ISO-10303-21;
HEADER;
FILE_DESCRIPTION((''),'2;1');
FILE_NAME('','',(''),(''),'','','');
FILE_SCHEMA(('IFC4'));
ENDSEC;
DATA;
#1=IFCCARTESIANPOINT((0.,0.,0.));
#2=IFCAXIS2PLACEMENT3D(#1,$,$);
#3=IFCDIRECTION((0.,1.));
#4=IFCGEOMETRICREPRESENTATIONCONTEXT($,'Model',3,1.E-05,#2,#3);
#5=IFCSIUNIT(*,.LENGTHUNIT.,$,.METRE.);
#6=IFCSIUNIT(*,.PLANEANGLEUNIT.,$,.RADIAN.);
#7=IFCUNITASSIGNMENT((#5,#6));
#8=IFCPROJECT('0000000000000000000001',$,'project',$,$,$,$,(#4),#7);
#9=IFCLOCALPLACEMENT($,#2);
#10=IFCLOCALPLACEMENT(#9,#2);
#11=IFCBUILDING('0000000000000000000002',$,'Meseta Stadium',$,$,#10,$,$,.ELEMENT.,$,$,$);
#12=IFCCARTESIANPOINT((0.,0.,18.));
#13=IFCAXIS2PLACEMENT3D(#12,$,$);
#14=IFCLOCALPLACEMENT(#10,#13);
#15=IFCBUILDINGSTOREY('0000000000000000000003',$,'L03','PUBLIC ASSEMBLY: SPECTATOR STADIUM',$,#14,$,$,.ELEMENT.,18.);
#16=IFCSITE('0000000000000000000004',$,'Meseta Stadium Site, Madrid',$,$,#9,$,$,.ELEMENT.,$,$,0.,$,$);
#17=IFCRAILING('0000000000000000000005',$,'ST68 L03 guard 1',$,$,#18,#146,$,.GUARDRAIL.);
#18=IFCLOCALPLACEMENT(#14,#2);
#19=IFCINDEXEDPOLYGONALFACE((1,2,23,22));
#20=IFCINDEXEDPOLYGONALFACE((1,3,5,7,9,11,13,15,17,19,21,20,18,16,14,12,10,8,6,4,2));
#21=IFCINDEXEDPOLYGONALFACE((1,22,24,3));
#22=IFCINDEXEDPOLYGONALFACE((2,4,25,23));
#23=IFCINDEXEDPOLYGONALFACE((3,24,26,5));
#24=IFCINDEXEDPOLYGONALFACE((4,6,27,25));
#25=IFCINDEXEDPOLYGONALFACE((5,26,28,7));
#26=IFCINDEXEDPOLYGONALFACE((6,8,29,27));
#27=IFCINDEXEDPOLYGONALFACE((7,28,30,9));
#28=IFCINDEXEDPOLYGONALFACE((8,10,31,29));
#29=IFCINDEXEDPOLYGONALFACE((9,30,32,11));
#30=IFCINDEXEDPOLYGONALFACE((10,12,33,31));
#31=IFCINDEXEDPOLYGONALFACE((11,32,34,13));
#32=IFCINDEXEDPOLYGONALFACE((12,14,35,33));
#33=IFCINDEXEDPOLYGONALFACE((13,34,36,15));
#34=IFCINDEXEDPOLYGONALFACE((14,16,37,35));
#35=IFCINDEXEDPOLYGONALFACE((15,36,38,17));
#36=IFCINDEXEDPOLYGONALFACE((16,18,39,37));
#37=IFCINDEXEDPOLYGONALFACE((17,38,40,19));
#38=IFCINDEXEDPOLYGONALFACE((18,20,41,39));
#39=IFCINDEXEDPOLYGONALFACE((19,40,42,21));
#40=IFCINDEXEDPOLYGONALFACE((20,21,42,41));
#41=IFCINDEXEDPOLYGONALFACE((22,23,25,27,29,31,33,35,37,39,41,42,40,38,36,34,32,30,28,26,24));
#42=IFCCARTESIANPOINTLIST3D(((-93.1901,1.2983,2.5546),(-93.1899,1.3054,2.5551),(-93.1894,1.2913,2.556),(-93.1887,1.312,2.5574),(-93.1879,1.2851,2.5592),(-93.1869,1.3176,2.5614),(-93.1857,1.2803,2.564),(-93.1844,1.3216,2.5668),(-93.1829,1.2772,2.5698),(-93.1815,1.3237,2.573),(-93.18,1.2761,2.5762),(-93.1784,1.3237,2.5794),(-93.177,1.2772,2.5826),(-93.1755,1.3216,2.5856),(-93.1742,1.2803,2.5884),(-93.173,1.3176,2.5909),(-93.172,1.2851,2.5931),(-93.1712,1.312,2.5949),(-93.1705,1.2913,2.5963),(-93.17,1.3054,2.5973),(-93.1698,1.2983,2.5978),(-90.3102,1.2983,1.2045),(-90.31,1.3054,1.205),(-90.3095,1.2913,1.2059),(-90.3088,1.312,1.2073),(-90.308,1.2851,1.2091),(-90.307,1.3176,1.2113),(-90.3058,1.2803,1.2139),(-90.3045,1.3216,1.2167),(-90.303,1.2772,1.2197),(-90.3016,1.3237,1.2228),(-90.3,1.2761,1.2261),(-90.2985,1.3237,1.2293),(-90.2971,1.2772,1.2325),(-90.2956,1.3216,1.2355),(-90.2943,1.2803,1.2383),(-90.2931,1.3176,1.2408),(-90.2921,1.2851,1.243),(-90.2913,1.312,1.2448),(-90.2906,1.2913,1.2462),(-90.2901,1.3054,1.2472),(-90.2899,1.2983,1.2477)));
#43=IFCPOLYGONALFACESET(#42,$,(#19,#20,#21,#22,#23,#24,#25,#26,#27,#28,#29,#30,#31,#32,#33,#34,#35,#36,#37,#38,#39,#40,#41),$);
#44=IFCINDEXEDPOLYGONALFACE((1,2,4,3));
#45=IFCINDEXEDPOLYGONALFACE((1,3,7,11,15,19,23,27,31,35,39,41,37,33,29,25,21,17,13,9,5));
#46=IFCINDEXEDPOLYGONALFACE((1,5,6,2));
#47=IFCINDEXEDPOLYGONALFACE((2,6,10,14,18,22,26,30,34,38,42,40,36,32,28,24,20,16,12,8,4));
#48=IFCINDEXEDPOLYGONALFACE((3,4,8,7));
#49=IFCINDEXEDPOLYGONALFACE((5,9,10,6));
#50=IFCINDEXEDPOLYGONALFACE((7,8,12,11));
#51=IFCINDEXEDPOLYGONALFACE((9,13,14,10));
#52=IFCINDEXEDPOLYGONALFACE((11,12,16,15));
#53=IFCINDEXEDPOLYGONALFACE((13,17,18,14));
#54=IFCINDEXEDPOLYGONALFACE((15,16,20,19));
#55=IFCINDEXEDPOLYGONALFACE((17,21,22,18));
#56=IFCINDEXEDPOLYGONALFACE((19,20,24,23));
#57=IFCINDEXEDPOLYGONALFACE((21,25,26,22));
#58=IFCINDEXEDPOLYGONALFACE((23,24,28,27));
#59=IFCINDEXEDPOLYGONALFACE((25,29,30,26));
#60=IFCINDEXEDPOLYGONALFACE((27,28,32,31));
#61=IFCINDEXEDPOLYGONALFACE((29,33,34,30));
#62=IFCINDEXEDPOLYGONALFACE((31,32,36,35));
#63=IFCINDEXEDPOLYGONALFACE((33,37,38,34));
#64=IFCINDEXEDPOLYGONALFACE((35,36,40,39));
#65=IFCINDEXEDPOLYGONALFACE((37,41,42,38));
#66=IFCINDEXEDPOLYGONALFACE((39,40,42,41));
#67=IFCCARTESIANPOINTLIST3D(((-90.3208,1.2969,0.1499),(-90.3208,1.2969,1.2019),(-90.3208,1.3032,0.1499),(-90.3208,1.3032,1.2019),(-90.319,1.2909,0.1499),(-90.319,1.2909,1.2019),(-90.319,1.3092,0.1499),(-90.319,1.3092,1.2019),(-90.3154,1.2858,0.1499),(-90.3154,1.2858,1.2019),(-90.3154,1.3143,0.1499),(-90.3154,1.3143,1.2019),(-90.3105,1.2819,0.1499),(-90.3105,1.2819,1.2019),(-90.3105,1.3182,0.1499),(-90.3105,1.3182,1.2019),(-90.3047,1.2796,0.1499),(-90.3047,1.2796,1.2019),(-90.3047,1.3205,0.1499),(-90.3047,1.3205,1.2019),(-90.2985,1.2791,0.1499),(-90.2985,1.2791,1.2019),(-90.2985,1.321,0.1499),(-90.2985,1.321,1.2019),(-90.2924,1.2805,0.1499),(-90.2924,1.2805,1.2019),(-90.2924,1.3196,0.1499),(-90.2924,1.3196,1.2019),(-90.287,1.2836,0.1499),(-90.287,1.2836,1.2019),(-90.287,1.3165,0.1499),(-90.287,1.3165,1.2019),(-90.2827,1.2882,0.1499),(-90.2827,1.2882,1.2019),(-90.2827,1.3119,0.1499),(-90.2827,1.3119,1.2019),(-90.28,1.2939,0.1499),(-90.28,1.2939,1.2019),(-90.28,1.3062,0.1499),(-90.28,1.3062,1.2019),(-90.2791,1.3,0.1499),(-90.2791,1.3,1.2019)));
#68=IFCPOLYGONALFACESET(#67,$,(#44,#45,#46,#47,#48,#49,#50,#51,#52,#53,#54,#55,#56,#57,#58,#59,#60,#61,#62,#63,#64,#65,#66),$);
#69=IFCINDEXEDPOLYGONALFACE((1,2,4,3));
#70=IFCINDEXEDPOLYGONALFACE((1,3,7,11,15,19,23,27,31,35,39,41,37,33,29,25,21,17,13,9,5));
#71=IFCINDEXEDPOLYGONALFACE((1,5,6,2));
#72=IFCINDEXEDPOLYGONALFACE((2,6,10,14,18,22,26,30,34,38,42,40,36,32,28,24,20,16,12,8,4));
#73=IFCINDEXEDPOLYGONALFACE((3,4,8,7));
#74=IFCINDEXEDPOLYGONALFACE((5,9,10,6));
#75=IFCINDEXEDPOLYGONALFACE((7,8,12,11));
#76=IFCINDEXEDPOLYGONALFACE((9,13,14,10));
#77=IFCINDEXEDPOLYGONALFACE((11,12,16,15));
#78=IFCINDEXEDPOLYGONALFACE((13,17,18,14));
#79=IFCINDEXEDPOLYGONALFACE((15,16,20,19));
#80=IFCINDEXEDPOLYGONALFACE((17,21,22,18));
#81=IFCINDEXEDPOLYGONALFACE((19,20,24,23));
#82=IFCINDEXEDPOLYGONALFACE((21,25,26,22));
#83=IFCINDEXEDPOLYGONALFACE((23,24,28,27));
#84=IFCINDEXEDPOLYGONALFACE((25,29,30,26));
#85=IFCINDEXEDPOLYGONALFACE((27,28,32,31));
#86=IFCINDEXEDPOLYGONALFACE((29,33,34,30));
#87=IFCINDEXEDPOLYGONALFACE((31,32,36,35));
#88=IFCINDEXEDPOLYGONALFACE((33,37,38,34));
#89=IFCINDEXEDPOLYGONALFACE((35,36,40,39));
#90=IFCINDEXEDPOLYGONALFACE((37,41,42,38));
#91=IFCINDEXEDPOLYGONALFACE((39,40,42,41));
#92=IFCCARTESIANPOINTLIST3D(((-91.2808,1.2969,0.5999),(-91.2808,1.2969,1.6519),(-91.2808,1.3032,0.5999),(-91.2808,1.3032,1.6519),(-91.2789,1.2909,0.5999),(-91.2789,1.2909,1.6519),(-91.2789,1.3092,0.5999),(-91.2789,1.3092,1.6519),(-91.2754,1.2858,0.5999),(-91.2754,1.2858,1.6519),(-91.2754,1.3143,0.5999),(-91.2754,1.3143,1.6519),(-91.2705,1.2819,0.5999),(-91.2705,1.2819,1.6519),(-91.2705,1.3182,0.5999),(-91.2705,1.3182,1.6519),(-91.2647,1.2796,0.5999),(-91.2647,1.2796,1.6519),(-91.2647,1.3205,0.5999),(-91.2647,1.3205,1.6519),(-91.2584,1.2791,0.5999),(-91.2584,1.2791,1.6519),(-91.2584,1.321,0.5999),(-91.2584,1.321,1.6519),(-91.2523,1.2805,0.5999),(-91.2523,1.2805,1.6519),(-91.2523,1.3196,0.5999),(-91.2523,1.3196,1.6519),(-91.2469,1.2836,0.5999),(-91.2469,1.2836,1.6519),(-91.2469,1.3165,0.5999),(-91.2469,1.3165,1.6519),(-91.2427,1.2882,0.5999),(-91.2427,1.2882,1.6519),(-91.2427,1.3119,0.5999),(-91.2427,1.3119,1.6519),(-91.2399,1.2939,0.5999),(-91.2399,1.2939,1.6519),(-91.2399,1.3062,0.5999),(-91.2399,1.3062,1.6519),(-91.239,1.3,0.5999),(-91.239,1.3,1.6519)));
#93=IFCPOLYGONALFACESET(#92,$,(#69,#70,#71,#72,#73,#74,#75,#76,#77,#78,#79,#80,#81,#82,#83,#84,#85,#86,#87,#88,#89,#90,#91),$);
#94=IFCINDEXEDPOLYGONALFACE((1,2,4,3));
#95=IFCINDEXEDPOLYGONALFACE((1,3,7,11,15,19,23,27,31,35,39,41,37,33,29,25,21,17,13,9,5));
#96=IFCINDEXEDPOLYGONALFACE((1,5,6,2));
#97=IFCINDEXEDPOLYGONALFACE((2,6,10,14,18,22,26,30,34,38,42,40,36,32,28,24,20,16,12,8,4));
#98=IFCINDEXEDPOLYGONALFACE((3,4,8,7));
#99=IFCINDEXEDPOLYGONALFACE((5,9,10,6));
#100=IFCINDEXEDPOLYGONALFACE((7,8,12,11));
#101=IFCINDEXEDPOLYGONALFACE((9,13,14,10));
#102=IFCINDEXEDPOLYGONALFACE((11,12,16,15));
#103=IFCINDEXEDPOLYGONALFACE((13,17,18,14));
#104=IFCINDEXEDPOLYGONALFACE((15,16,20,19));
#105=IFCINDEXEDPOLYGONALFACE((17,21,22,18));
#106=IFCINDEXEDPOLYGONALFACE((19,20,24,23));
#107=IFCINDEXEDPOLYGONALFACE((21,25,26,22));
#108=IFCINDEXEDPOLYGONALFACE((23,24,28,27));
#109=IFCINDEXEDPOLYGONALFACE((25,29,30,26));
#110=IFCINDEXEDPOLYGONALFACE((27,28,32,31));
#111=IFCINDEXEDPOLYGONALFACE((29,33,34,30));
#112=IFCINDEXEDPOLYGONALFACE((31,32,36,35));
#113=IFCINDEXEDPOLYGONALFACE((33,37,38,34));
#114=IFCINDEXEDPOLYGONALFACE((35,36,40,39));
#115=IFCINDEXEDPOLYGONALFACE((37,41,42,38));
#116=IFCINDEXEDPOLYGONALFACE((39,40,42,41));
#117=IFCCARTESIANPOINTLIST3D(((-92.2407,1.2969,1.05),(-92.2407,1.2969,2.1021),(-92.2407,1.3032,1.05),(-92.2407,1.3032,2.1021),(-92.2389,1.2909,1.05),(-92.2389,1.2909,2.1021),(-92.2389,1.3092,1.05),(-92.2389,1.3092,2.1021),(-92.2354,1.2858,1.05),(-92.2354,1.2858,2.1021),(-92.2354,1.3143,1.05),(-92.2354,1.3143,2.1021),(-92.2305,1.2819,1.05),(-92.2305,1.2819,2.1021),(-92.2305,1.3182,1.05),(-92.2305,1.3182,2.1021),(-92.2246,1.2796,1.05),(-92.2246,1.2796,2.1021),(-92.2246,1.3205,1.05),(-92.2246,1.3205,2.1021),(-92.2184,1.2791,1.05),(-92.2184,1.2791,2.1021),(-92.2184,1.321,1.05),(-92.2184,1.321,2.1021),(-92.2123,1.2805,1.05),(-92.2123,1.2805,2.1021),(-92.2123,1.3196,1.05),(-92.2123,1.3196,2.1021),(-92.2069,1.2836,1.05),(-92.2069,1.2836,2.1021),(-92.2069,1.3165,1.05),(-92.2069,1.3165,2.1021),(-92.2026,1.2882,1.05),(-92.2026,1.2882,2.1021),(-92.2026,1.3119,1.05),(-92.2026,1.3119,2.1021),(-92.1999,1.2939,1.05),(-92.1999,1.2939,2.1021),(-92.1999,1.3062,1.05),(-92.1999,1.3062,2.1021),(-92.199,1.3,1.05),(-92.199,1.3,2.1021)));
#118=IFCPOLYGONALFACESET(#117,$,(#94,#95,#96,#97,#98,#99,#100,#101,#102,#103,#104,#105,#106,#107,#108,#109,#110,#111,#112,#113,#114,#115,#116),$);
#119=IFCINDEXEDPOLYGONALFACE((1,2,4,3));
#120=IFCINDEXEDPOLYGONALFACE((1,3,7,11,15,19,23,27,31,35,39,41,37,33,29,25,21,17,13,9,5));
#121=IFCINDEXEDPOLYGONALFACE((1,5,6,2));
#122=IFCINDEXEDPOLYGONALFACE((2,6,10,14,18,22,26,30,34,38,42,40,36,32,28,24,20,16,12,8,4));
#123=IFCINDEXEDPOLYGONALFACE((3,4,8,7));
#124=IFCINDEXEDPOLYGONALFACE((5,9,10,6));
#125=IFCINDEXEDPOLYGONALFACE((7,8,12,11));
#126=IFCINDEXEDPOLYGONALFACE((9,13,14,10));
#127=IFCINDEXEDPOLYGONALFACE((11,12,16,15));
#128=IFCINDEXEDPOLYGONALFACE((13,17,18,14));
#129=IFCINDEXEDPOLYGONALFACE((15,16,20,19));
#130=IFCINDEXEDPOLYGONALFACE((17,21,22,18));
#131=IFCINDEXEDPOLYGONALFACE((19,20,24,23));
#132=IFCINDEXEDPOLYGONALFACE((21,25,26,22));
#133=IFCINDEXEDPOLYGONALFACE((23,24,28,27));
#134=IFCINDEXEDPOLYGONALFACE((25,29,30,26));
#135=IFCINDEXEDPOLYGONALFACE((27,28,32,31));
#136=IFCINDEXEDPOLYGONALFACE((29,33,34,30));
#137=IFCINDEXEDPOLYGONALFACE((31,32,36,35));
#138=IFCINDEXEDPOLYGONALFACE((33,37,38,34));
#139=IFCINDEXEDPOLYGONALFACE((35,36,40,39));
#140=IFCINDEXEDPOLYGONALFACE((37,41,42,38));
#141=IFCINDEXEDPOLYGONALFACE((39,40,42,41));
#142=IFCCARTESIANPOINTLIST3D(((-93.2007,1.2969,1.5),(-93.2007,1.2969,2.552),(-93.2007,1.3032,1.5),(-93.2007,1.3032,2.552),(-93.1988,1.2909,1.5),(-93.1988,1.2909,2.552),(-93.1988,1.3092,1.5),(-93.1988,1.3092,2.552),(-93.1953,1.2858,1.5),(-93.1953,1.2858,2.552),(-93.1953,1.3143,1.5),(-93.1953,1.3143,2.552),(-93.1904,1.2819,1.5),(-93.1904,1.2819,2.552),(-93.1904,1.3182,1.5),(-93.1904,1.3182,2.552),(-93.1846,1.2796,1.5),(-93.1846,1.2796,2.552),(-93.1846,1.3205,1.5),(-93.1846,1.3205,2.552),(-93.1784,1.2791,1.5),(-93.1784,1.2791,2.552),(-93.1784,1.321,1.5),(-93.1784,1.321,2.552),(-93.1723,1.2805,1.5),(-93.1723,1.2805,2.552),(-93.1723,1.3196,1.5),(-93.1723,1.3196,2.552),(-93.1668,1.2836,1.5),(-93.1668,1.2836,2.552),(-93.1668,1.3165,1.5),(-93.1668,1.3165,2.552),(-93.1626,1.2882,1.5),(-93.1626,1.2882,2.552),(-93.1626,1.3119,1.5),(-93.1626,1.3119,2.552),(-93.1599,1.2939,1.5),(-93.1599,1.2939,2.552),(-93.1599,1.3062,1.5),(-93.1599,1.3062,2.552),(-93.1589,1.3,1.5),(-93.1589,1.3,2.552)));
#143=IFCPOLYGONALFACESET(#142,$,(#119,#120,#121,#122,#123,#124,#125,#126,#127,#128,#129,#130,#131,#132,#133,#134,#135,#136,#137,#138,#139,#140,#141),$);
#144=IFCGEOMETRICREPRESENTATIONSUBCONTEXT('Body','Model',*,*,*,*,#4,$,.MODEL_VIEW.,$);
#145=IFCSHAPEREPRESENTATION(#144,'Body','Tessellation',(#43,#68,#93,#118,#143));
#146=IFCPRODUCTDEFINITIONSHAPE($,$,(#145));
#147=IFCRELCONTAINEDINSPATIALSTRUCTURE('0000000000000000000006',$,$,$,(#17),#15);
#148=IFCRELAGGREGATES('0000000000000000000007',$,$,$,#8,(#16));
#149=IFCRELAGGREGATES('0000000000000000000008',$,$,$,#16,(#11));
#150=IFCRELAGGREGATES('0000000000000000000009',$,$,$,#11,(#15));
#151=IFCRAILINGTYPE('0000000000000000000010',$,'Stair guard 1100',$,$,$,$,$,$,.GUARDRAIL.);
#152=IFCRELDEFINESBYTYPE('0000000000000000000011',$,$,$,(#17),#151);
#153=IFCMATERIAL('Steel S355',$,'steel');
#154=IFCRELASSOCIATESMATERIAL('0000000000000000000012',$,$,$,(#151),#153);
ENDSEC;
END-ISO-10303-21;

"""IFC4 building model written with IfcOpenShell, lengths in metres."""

from ifc_helpers import new_model, si_unit, direction, frame, origin, origin_2d, place, context, subcontext, project, spatial, circle, extrude, material, type_object, element, save


model = new_model("IFC4")

# Units and contexts
model_context = context("Model", 3, precision=1e-05, world=origin(), true_north=direction((0.0, 1.0)))
body_context = subcontext(model_context, "Body", "Model", "MODEL_VIEW")
ifc_project = project(units=[si_unit("LENGTHUNIT", "METRE"), si_unit("PLANEANGLEUNIT", "RADIAN")], contexts=[model_context])

# Site, building, storey
site_placement = place(None, origin())
site = spatial("IfcSite", under=ifc_project, at=site_placement, Name="Meseta Stadium Site, Madrid", CompositionType="ELEMENT", RefElevation=0.0)
building_placement = place(site_placement, origin())
building = spatial("IfcBuilding", under=site, at=building_placement, Name="Meseta Stadium", CompositionType="ELEMENT")
storey_placement = place(building_placement, frame((0.0, 0.0, 18.0)))
storey = spatial("IfcBuildingStorey", under=building, at=storey_placement, Name="L03", Description="PUBLIC ASSEMBLY: SPECTATOR STADIUM", CompositionType="ELEMENT", Elevation=18.0)

# Railing
ifc_material_1 = material(Name="Steel S355", Category="steel")
railing_type_1 = type_object("IfcRailingType", Name="Stair guard 1100", PredefinedType="GUARDRAIL", material=ifc_material_1)
railing_1_placement = place(storey_placement, frame((-90.3, 1.3, 0.1499)))
element("IfcRailing", 1, at=railing_1_placement, inside=storey, type_object=railing_type_1, Name="ST68 L03 guard 1", PredefinedType="GUARDRAIL", context=body_context, shape_type="SweptSolid", body=[
    extrude(circle(Radius=0.0239, at=origin_2d()), frame((0.0, 0.0, 1.0762), z_axis=(-0.90544, 0.0, 0.424473), x_axis=(0.0, -1.0, 0.0)), (0.0, 0.0, 1.0), 3.1807),
    extrude(circle(Radius=0.021, at=origin_2d()), origin(), (0.0, 0.0, 1.0), 1.052),
    extrude(circle(Radius=0.021, at=origin_2d()), frame((-0.96, 0.0, 0.45)), (0.0, 0.0, 1.0), 1.052),
    extrude(circle(Radius=0.021, at=origin_2d()), frame((-1.9199, 0.0, 0.9001)), (0.0, 0.0, 1.0), 1.052),
    extrude(circle(Radius=0.021, at=origin_2d()), frame((-2.8799, 0.0, 1.3501)), (0.0, 0.0, 1.0), 1.052),
])

save(model, "model.ifc")
